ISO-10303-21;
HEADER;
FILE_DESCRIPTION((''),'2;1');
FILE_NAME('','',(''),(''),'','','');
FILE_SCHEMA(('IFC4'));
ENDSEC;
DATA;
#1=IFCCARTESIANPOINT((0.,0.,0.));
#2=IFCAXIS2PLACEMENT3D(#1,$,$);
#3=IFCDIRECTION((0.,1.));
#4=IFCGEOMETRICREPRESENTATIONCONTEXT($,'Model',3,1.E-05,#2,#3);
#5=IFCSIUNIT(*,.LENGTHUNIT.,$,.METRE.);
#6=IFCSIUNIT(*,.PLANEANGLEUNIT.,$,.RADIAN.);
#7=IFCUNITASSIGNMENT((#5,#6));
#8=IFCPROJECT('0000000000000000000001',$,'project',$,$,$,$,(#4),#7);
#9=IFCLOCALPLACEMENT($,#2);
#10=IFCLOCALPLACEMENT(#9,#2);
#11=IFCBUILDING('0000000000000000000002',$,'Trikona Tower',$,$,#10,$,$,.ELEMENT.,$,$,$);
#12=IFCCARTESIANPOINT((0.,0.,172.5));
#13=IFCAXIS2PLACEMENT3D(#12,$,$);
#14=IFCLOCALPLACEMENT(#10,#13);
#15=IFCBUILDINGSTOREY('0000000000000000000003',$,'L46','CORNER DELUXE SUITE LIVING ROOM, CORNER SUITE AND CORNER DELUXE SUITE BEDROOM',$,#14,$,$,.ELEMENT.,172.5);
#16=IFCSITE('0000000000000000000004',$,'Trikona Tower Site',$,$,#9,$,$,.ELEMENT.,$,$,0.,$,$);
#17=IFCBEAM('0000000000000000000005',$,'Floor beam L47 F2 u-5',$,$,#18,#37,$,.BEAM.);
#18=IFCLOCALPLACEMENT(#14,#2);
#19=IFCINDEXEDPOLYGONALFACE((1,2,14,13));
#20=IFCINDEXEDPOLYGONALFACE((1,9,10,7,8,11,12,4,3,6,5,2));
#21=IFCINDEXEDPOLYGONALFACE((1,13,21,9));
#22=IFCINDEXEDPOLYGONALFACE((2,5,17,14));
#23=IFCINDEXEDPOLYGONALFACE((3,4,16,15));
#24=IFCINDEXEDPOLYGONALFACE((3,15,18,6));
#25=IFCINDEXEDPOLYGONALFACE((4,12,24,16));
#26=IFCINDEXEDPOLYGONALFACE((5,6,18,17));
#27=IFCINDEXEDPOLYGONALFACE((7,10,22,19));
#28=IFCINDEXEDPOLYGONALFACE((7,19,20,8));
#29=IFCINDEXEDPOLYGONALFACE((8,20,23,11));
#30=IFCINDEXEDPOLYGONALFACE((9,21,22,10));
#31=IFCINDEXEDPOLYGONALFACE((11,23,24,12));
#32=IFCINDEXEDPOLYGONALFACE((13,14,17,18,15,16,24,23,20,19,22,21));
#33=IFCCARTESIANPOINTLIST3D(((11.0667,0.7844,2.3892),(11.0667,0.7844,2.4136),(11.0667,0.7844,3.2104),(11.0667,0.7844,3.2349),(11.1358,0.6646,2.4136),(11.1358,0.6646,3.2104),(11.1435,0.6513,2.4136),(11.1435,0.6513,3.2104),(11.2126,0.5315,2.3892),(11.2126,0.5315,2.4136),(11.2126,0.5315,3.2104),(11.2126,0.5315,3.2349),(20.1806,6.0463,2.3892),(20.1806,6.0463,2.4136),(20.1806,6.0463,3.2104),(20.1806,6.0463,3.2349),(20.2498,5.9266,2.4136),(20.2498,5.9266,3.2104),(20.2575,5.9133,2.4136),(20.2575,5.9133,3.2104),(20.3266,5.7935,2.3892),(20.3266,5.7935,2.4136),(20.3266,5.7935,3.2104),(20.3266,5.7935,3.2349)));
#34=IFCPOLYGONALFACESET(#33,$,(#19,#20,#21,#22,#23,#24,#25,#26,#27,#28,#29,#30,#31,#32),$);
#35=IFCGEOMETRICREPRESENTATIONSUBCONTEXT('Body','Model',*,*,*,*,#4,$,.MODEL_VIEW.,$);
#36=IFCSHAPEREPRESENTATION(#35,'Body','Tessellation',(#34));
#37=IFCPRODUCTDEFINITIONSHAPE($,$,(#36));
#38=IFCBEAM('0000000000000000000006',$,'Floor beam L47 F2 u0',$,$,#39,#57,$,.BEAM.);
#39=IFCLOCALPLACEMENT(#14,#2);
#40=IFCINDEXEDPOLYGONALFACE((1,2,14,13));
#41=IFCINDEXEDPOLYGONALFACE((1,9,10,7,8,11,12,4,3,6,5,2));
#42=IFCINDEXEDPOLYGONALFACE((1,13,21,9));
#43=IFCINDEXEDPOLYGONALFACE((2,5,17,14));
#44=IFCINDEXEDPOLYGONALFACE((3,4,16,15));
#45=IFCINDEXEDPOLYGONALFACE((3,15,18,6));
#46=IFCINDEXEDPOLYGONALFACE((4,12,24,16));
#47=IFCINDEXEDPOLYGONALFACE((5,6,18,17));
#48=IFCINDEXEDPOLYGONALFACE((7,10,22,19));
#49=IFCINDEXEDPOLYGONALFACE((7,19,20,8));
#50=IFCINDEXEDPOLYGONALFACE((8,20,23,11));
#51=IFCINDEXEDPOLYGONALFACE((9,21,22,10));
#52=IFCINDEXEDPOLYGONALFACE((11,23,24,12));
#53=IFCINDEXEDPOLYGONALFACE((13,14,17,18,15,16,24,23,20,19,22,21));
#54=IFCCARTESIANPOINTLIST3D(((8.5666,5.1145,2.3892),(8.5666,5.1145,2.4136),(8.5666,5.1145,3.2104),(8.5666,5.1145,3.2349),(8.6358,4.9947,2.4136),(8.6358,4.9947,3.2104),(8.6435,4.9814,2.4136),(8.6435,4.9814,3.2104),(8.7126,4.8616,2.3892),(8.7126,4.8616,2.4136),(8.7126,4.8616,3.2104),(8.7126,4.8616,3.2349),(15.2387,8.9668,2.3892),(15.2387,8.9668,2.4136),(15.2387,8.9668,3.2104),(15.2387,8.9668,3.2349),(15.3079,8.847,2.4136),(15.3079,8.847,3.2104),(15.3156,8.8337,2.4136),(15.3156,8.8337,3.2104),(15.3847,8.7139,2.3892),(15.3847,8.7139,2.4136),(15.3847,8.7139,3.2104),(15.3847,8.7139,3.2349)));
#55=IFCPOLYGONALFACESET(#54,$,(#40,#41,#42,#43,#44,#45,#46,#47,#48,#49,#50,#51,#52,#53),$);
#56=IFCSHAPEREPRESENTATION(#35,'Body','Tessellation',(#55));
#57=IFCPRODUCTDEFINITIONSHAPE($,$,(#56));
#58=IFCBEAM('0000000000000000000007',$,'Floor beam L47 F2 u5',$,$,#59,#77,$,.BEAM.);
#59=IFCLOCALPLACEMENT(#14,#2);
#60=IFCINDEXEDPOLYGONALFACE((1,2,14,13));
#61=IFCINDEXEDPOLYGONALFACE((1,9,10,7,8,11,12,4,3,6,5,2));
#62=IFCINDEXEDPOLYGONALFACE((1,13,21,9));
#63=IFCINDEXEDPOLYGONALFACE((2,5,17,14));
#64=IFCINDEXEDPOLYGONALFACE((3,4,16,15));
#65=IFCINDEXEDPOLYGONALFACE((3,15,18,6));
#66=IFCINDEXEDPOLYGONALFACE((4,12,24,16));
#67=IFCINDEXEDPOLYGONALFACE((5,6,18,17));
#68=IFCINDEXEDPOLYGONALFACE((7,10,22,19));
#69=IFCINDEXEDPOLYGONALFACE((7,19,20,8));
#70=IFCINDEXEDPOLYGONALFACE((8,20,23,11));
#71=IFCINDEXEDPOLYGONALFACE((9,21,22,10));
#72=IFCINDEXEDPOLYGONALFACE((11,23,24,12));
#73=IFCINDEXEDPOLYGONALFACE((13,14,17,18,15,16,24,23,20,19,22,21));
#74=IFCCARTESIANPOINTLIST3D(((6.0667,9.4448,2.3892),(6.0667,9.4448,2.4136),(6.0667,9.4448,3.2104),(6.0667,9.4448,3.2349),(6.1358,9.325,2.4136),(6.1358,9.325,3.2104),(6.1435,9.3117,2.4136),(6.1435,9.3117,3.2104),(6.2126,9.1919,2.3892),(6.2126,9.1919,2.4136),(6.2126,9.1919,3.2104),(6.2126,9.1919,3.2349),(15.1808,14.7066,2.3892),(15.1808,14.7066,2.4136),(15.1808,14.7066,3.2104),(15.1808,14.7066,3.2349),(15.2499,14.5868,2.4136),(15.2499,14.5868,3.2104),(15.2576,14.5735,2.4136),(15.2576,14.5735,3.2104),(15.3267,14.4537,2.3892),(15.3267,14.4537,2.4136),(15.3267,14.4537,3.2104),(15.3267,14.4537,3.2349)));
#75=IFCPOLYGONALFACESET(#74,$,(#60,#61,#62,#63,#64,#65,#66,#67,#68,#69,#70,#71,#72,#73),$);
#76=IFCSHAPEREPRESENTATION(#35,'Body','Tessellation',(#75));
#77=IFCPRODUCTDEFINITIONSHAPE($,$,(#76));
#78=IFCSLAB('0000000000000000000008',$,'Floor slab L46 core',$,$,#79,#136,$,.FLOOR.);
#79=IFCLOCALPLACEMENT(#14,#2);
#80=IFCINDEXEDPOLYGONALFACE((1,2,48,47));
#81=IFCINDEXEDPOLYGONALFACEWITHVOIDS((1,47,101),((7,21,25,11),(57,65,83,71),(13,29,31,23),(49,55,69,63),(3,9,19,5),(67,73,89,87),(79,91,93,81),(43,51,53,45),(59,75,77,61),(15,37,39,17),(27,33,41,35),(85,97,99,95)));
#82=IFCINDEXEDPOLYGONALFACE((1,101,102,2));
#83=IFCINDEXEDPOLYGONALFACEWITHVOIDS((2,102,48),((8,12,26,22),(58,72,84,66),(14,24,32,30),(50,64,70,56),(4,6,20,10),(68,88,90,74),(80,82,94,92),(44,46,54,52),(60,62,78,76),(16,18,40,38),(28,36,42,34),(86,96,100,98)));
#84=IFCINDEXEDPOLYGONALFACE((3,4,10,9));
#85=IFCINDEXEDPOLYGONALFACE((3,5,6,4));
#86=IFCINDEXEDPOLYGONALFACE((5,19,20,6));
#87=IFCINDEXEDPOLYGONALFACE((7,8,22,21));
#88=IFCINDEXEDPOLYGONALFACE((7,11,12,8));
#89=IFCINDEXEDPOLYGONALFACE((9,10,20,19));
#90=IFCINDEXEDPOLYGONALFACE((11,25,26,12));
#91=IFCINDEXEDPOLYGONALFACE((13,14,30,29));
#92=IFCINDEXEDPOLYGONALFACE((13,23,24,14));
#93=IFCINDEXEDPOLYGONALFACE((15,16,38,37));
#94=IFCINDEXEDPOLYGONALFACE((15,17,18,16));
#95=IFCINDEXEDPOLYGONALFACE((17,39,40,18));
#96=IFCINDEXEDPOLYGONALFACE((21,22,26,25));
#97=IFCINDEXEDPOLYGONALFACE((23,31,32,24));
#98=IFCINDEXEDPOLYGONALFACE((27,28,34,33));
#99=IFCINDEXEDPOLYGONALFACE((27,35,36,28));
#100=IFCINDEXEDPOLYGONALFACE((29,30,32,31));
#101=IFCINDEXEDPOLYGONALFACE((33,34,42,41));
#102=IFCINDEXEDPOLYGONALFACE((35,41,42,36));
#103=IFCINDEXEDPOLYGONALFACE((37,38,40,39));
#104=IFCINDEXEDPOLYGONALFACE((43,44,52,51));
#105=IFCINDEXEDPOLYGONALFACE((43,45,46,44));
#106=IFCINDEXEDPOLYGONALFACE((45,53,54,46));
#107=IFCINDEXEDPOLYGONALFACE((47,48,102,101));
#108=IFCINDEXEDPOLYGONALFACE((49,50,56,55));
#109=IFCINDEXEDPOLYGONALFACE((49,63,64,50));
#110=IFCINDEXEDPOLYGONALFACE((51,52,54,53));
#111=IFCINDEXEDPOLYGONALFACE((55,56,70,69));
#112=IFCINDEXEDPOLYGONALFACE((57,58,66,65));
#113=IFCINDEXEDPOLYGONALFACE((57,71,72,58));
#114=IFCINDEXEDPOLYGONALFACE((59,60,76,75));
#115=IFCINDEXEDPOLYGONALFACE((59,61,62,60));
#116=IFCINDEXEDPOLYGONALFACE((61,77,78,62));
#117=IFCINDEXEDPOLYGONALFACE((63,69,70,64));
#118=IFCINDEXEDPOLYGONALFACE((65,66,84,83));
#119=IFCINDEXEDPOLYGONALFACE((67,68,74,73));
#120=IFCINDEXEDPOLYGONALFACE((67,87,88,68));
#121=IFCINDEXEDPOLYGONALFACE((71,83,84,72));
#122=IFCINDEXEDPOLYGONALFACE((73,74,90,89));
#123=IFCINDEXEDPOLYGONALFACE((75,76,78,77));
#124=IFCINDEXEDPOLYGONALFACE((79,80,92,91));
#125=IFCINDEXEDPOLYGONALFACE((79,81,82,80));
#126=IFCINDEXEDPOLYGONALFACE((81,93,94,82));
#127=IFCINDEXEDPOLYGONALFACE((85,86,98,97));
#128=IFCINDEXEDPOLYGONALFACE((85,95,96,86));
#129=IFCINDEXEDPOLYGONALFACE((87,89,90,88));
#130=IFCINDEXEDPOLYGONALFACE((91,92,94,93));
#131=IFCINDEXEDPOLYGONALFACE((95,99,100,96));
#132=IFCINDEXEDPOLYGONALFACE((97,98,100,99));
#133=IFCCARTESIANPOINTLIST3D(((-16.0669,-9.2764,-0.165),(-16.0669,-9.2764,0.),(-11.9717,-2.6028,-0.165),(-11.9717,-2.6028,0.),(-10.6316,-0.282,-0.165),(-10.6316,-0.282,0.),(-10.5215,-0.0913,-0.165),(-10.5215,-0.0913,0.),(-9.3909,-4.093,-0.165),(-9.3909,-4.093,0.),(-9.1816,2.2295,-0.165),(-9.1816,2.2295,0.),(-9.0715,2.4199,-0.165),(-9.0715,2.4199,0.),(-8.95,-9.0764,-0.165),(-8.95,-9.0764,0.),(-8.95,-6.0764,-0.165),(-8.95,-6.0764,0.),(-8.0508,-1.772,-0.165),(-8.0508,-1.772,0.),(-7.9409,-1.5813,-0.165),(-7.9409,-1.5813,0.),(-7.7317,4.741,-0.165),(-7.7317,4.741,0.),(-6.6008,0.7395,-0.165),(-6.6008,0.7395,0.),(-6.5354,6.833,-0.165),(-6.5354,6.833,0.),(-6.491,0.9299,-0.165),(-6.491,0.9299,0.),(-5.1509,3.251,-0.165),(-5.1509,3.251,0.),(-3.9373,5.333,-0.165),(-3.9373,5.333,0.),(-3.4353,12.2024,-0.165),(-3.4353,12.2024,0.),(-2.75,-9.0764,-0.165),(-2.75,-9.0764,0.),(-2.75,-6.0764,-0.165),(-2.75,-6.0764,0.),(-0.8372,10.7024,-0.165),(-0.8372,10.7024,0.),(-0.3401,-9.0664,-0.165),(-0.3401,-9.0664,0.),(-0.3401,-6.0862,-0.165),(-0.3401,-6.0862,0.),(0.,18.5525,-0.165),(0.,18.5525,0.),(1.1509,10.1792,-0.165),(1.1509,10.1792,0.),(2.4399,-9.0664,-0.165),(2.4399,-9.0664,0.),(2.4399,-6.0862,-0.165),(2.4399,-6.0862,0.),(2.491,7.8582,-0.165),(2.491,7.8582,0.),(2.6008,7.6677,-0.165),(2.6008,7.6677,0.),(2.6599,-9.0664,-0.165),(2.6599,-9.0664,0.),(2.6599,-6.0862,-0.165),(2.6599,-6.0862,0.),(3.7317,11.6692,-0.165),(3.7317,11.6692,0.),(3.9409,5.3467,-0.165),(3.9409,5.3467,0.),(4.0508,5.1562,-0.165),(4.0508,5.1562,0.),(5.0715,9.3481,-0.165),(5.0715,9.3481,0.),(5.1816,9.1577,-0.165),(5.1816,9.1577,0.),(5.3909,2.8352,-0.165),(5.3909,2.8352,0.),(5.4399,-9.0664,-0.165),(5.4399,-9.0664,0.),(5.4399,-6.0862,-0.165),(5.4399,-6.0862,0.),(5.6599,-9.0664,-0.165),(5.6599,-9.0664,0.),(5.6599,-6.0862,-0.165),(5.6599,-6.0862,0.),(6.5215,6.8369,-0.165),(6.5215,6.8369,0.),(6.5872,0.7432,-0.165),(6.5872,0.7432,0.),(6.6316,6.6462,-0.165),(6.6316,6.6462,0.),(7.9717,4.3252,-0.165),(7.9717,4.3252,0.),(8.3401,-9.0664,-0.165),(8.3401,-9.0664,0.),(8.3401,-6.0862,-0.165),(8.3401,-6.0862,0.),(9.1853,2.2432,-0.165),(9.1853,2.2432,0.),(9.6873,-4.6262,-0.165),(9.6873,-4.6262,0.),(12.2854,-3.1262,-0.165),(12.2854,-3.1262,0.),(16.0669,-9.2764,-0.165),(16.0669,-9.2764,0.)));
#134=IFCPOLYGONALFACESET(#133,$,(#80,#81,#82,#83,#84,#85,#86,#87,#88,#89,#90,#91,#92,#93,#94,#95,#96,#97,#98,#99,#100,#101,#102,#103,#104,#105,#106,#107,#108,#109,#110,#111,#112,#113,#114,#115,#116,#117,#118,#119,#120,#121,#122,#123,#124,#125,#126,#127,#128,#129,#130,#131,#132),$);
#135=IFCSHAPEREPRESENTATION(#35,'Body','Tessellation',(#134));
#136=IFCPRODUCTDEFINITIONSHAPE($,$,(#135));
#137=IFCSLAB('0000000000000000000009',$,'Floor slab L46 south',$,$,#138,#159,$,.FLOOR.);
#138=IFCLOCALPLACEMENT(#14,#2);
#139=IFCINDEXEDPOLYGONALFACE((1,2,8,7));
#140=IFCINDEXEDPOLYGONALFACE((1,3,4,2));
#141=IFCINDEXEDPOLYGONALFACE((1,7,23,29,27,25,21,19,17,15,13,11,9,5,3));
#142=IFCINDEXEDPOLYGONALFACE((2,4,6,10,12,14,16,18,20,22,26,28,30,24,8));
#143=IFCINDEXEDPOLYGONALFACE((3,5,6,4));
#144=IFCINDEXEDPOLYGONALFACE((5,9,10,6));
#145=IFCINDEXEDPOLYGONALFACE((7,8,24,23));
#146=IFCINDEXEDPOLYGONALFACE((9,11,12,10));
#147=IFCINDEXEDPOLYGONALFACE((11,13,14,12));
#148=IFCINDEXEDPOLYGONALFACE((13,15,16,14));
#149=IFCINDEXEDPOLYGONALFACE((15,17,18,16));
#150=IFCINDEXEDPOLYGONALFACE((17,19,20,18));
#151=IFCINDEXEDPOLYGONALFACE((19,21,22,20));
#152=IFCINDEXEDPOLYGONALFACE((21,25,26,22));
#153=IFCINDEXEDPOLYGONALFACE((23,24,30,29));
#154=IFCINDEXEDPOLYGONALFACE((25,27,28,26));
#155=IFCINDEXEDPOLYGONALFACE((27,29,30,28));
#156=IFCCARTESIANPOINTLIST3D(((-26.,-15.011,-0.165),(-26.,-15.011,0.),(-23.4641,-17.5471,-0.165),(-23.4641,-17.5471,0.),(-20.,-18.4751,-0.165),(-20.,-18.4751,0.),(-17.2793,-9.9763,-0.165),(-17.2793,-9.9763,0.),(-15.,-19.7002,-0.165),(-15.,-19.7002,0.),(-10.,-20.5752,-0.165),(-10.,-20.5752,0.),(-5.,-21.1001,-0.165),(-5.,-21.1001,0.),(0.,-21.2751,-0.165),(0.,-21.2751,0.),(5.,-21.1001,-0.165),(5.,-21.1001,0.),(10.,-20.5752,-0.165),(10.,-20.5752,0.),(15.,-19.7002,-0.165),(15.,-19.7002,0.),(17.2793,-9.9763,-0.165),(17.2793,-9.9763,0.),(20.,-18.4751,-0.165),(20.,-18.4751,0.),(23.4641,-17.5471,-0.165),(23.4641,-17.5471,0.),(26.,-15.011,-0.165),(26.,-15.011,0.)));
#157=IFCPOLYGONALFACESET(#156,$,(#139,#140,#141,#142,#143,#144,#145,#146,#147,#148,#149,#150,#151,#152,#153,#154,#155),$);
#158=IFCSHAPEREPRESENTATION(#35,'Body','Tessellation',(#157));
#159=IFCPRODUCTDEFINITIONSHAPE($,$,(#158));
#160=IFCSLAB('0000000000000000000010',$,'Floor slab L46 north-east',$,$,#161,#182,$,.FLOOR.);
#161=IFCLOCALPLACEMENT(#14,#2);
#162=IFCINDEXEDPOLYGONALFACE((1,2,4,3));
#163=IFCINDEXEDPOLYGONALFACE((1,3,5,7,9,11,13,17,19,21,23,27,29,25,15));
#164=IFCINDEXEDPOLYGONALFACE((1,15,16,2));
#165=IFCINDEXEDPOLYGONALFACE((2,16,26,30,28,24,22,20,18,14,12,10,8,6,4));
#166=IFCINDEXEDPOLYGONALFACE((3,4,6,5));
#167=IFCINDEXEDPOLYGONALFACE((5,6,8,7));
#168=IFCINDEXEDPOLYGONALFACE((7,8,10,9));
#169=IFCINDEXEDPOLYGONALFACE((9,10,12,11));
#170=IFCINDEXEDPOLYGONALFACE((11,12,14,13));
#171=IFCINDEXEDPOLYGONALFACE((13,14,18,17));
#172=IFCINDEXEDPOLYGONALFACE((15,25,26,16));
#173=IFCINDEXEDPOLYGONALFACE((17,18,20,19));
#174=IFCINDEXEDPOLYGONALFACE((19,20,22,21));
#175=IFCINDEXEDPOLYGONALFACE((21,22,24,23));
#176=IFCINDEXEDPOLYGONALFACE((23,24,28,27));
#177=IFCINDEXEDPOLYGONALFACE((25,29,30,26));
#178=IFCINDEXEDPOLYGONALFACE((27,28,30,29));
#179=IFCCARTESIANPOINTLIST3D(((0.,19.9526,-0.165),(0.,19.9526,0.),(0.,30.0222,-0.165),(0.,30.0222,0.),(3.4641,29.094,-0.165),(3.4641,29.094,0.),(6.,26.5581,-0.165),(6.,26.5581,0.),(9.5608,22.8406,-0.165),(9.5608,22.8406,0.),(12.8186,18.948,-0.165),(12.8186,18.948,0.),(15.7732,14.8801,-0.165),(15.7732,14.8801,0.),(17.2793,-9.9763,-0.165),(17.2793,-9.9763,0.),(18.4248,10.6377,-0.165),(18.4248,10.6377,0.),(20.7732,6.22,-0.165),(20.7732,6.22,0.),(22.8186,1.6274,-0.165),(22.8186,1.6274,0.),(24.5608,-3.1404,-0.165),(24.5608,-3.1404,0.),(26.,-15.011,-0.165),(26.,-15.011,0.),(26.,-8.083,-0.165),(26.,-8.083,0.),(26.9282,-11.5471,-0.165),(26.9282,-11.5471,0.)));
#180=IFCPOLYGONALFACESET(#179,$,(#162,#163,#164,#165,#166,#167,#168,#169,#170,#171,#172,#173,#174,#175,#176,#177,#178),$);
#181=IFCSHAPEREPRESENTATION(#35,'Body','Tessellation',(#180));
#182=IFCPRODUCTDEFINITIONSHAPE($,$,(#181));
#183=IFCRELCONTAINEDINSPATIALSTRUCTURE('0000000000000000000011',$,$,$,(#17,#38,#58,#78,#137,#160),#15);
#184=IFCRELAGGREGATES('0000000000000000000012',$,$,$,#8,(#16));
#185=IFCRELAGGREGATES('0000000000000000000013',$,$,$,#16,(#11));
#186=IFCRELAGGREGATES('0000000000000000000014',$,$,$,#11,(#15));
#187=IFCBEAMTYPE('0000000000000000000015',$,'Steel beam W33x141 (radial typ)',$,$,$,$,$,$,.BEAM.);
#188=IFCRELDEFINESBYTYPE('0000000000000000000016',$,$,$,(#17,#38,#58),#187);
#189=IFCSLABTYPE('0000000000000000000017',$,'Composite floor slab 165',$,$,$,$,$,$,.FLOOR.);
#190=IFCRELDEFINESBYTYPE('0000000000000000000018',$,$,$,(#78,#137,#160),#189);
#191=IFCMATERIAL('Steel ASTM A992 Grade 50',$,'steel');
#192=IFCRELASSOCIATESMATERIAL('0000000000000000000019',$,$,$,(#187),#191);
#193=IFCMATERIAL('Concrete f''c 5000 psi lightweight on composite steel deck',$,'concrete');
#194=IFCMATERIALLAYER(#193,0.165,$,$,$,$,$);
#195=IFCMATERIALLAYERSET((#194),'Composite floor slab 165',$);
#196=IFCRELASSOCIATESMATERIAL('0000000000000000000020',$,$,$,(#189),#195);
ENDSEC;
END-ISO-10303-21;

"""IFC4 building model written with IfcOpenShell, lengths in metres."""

from ifc_helpers import new_model, si_unit, direction, frame, origin, origin_2d, place, context, subcontext, project, spatial, polyline, i_section, outline, extrude, material, layer, layer_set, material_profile, profile_set, type_object, element, save


model = new_model("IFC4")

# Units and contexts
model_context = context("Model", 3, precision=1e-05, world=origin(), true_north=direction((0.0, 1.0)))
body_context = subcontext(model_context, "Body", "Model", "MODEL_VIEW")
ifc_project = project(units=[si_unit("LENGTHUNIT", "METRE"), si_unit("PLANEANGLEUNIT", "RADIAN")], contexts=[model_context])

# Site, building, storey
site_placement = place(None, origin())
site = spatial("IfcSite", under=ifc_project, at=site_placement, Name="Trikona Tower Site", CompositionType="ELEMENT", RefElevation=0.0)
building_placement = place(site_placement, origin())
building = spatial("IfcBuilding", under=site, at=building_placement, Name="Trikona Tower", CompositionType="ELEMENT")
storey_placement = place(building_placement, frame((0.0, 0.0, 172.5)))
storey = spatial("IfcBuildingStorey", under=building, at=storey_placement, Name="L46", Description="CORNER DELUXE SUITE LIVING ROOM, CORNER SUITE AND CORNER DELUXE SUITE BEDROOM", CompositionType="ELEMENT", Elevation=172.5)

# Beams
ifc_material_1 = material(Name="Steel ASTM A992 Grade 50", Category="steel")
ifc_material_profile = material_profile(ifc_material_1, i_section(OverallWidth=0.292, OverallDepth=0.8457, WebThickness=0.0154, FlangeThickness=0.0244, at=origin_2d()), Name="W33X141")
ifc_profile_set = profile_set([ifc_material_profile], Name="Steel ASTM A992 Grade 50")
beam_type = type_object("IfcBeamType", Name="Steel beam W33x141 (radial typ)", PredefinedType="BEAM", material=ifc_profile_set)
beam_1_placement = place(storey_placement, frame((11.1396, 0.658, 2.812), z_axis=(0.866026, 0.499999, 0.0), x_axis=(-0.499999, 0.866026, 0.0)))
element("IfcBeam", 1, at=beam_1_placement, inside=storey, type_object=beam_type, Name="Floor beam L47 F2 u-5", PredefinedType="BEAM", context=body_context, shape_type="SweptSolid", body=[
    extrude(i_section(OverallWidth=0.292, OverallDepth=0.8457, WebThickness=0.0154, FlangeThickness=0.0244, at=origin_2d()), origin(), (0.0, 0.0, 1.0), 10.5239),
])
beam_2_placement = place(storey_placement, frame((8.6396, 4.988, 2.812), z_axis=(0.866017, 0.500014, 0.0), x_axis=(-0.500014, 0.866017, 0.0)))
element("IfcBeam", 2, at=beam_2_placement, inside=storey, type_object=beam_type, Name="Floor beam L47 F2 u0", PredefinedType="BEAM", context=body_context, shape_type="SweptSolid", body=[
    extrude(i_section(OverallWidth=0.292, OverallDepth=0.8457, WebThickness=0.0154, FlangeThickness=0.0244, at=origin_2d()), origin(), (0.0, 0.0, 1.0), 7.7043),
])
beam_3_placement = place(storey_placement, frame((6.1396, 9.3184, 2.812), z_axis=(0.866036, 0.499982, 0.0), x_axis=(-0.499982, 0.866036, 0.0)))
element("IfcBeam", 3, at=beam_3_placement, inside=storey, type_object=beam_type, Name="Floor beam L47 F2 u5", PredefinedType="BEAM", context=body_context, shape_type="SweptSolid", body=[
    extrude(i_section(OverallWidth=0.292, OverallDepth=0.8457, WebThickness=0.0154, FlangeThickness=0.0244, at=origin_2d()), origin(), (0.0, 0.0, 1.0), 10.5239),
])

# Slabs
ifc_material_2 = material(Name="Concrete f'c 5000 psi lightweight on composite steel deck", Category="concrete")
ifc_layer_1 = layer(ifc_material_2, 0.165)
ifc_layer_set_1 = layer_set([ifc_layer_1], Name="Composite floor slab 165")
slab_type_1 = type_object("IfcSlabType", Name="Composite floor slab 165", PredefinedType="FLOOR", material=ifc_layer_set_1)
slab_1_placement = place(storey_placement, frame((0.0, 0.0, -0.165)))
element("IfcSlab", 4, at=slab_1_placement, inside=storey, type_object=slab_type_1, Name="Floor slab L46 core", PredefinedType="FLOOR", context=body_context, shape_type="SweptSolid", body=[
    extrude(outline(polyline([(-16.0669, -9.2764), (16.0669, -9.2764), (0.0, 18.5525), (-16.0669, -9.2764)]), holes=[polyline([(12.2854, -3.1262), (9.1853, 2.2432), (6.5872, 0.7432), (9.6873, -4.6262), (12.2854, -3.1262)]), polyline([(8.3401, -9.0664), (8.3401, -6.0862), (5.6599, -6.0862), (5.6599, -9.0664), (8.3401, -9.0664)]), polyline([(5.3909, 2.8352), (7.9717, 4.3252), (6.6316, 6.6462), (4.0508, 5.1562), (5.3909, 2.8352)]), polyline([(2.6008, 7.6677), (3.9409, 5.3467), (6.5215, 6.8369), (5.1816, 9.1577), (2.6008, 7.6677)]), polyline([(5.4399, -6.0862), (2.6599, -6.0862), (2.6599, -9.0664), (5.4399, -9.0664), (5.4399, -6.0862)]), polyline([(3.7317, 11.6692), (1.1509, 10.1792), (2.491, 7.8582), (5.0715, 9.3481), (3.7317, 11.6692)]), polyline([(-0.3401, -6.0862), (-0.3401, -9.0664), (2.4399, -9.0664), (2.4399, -6.0862), (-0.3401, -6.0862)]), polyline([(-3.4353, 12.2024), (-6.5354, 6.833), (-3.9373, 5.333), (-0.8372, 10.7024), (-3.4353, 12.2024)]), polyline([(-8.95, -9.0764), (-2.75, -9.0764), (-2.75, -6.0764), (-8.95, -6.0764), (-8.95, -9.0764)]), polyline([(-5.1509, 3.251), (-7.7317, 4.741), (-9.0715, 2.4199), (-6.491, 0.9299), (-5.1509, 3.251)]), polyline([(-7.9409, -1.5813), (-6.6008, 0.7395), (-9.1816, 2.2295), (-10.5215, -0.0913), (-7.9409, -1.5813)]), polyline([(-11.9717, -2.6028), (-9.3909, -4.093), (-8.0508, -1.772), (-10.6316, -0.282), (-11.9717, -2.6028)])]), origin(), (0.0, 0.0, 1.0), 0.165),
])
slab_2_placement = place(storey_placement, frame((0.0, 0.0, -0.165)))
element("IfcSlab", 5, at=slab_2_placement, inside=storey, type_object=slab_type_1, Name="Floor slab L46 south", PredefinedType="FLOOR", context=body_context, shape_type="SweptSolid", body=[
    extrude(outline(polyline([(23.4641, -17.5471), (26.0, -15.011), (17.2793, -9.9763), (-17.2793, -9.9763), (-26.0, -15.011), (-23.4641, -17.5471), (-20.0, -18.4751), (-15.0, -19.7002), (-10.0, -20.5752), (-5.0, -21.1001), (0.0, -21.2751), (5.0, -21.1001), (10.0, -20.5752), (15.0, -19.7002), (20.0, -18.4751), (23.4641, -17.5471)])), origin(), (0.0, 0.0, 1.0), 0.165),
])
slab_3_placement = place(storey_placement, frame((0.0, 0.0, -0.165)))
element("IfcSlab", 6, at=slab_3_placement, inside=storey, type_object=slab_type_1, Name="Floor slab L46 north-east", PredefinedType="FLOOR", context=body_context, shape_type="SweptSolid", body=[
    extrude(outline(polyline([(3.4641, 29.094), (0.0, 30.0222), (0.0, 19.9526), (17.2793, -9.9763), (26.0, -15.011), (26.9282, -11.5471), (26.0, -8.083), (24.5608, -3.1404), (22.8186, 1.6274), (20.7732, 6.22), (18.4248, 10.6377), (15.7732, 14.8801), (12.8186, 18.948), (9.5608, 22.8406), (6.0, 26.5581), (3.4641, 29.094)])), origin(), (0.0, 0.0, 1.0), 0.165),
])

save(model, "model.ifc")
